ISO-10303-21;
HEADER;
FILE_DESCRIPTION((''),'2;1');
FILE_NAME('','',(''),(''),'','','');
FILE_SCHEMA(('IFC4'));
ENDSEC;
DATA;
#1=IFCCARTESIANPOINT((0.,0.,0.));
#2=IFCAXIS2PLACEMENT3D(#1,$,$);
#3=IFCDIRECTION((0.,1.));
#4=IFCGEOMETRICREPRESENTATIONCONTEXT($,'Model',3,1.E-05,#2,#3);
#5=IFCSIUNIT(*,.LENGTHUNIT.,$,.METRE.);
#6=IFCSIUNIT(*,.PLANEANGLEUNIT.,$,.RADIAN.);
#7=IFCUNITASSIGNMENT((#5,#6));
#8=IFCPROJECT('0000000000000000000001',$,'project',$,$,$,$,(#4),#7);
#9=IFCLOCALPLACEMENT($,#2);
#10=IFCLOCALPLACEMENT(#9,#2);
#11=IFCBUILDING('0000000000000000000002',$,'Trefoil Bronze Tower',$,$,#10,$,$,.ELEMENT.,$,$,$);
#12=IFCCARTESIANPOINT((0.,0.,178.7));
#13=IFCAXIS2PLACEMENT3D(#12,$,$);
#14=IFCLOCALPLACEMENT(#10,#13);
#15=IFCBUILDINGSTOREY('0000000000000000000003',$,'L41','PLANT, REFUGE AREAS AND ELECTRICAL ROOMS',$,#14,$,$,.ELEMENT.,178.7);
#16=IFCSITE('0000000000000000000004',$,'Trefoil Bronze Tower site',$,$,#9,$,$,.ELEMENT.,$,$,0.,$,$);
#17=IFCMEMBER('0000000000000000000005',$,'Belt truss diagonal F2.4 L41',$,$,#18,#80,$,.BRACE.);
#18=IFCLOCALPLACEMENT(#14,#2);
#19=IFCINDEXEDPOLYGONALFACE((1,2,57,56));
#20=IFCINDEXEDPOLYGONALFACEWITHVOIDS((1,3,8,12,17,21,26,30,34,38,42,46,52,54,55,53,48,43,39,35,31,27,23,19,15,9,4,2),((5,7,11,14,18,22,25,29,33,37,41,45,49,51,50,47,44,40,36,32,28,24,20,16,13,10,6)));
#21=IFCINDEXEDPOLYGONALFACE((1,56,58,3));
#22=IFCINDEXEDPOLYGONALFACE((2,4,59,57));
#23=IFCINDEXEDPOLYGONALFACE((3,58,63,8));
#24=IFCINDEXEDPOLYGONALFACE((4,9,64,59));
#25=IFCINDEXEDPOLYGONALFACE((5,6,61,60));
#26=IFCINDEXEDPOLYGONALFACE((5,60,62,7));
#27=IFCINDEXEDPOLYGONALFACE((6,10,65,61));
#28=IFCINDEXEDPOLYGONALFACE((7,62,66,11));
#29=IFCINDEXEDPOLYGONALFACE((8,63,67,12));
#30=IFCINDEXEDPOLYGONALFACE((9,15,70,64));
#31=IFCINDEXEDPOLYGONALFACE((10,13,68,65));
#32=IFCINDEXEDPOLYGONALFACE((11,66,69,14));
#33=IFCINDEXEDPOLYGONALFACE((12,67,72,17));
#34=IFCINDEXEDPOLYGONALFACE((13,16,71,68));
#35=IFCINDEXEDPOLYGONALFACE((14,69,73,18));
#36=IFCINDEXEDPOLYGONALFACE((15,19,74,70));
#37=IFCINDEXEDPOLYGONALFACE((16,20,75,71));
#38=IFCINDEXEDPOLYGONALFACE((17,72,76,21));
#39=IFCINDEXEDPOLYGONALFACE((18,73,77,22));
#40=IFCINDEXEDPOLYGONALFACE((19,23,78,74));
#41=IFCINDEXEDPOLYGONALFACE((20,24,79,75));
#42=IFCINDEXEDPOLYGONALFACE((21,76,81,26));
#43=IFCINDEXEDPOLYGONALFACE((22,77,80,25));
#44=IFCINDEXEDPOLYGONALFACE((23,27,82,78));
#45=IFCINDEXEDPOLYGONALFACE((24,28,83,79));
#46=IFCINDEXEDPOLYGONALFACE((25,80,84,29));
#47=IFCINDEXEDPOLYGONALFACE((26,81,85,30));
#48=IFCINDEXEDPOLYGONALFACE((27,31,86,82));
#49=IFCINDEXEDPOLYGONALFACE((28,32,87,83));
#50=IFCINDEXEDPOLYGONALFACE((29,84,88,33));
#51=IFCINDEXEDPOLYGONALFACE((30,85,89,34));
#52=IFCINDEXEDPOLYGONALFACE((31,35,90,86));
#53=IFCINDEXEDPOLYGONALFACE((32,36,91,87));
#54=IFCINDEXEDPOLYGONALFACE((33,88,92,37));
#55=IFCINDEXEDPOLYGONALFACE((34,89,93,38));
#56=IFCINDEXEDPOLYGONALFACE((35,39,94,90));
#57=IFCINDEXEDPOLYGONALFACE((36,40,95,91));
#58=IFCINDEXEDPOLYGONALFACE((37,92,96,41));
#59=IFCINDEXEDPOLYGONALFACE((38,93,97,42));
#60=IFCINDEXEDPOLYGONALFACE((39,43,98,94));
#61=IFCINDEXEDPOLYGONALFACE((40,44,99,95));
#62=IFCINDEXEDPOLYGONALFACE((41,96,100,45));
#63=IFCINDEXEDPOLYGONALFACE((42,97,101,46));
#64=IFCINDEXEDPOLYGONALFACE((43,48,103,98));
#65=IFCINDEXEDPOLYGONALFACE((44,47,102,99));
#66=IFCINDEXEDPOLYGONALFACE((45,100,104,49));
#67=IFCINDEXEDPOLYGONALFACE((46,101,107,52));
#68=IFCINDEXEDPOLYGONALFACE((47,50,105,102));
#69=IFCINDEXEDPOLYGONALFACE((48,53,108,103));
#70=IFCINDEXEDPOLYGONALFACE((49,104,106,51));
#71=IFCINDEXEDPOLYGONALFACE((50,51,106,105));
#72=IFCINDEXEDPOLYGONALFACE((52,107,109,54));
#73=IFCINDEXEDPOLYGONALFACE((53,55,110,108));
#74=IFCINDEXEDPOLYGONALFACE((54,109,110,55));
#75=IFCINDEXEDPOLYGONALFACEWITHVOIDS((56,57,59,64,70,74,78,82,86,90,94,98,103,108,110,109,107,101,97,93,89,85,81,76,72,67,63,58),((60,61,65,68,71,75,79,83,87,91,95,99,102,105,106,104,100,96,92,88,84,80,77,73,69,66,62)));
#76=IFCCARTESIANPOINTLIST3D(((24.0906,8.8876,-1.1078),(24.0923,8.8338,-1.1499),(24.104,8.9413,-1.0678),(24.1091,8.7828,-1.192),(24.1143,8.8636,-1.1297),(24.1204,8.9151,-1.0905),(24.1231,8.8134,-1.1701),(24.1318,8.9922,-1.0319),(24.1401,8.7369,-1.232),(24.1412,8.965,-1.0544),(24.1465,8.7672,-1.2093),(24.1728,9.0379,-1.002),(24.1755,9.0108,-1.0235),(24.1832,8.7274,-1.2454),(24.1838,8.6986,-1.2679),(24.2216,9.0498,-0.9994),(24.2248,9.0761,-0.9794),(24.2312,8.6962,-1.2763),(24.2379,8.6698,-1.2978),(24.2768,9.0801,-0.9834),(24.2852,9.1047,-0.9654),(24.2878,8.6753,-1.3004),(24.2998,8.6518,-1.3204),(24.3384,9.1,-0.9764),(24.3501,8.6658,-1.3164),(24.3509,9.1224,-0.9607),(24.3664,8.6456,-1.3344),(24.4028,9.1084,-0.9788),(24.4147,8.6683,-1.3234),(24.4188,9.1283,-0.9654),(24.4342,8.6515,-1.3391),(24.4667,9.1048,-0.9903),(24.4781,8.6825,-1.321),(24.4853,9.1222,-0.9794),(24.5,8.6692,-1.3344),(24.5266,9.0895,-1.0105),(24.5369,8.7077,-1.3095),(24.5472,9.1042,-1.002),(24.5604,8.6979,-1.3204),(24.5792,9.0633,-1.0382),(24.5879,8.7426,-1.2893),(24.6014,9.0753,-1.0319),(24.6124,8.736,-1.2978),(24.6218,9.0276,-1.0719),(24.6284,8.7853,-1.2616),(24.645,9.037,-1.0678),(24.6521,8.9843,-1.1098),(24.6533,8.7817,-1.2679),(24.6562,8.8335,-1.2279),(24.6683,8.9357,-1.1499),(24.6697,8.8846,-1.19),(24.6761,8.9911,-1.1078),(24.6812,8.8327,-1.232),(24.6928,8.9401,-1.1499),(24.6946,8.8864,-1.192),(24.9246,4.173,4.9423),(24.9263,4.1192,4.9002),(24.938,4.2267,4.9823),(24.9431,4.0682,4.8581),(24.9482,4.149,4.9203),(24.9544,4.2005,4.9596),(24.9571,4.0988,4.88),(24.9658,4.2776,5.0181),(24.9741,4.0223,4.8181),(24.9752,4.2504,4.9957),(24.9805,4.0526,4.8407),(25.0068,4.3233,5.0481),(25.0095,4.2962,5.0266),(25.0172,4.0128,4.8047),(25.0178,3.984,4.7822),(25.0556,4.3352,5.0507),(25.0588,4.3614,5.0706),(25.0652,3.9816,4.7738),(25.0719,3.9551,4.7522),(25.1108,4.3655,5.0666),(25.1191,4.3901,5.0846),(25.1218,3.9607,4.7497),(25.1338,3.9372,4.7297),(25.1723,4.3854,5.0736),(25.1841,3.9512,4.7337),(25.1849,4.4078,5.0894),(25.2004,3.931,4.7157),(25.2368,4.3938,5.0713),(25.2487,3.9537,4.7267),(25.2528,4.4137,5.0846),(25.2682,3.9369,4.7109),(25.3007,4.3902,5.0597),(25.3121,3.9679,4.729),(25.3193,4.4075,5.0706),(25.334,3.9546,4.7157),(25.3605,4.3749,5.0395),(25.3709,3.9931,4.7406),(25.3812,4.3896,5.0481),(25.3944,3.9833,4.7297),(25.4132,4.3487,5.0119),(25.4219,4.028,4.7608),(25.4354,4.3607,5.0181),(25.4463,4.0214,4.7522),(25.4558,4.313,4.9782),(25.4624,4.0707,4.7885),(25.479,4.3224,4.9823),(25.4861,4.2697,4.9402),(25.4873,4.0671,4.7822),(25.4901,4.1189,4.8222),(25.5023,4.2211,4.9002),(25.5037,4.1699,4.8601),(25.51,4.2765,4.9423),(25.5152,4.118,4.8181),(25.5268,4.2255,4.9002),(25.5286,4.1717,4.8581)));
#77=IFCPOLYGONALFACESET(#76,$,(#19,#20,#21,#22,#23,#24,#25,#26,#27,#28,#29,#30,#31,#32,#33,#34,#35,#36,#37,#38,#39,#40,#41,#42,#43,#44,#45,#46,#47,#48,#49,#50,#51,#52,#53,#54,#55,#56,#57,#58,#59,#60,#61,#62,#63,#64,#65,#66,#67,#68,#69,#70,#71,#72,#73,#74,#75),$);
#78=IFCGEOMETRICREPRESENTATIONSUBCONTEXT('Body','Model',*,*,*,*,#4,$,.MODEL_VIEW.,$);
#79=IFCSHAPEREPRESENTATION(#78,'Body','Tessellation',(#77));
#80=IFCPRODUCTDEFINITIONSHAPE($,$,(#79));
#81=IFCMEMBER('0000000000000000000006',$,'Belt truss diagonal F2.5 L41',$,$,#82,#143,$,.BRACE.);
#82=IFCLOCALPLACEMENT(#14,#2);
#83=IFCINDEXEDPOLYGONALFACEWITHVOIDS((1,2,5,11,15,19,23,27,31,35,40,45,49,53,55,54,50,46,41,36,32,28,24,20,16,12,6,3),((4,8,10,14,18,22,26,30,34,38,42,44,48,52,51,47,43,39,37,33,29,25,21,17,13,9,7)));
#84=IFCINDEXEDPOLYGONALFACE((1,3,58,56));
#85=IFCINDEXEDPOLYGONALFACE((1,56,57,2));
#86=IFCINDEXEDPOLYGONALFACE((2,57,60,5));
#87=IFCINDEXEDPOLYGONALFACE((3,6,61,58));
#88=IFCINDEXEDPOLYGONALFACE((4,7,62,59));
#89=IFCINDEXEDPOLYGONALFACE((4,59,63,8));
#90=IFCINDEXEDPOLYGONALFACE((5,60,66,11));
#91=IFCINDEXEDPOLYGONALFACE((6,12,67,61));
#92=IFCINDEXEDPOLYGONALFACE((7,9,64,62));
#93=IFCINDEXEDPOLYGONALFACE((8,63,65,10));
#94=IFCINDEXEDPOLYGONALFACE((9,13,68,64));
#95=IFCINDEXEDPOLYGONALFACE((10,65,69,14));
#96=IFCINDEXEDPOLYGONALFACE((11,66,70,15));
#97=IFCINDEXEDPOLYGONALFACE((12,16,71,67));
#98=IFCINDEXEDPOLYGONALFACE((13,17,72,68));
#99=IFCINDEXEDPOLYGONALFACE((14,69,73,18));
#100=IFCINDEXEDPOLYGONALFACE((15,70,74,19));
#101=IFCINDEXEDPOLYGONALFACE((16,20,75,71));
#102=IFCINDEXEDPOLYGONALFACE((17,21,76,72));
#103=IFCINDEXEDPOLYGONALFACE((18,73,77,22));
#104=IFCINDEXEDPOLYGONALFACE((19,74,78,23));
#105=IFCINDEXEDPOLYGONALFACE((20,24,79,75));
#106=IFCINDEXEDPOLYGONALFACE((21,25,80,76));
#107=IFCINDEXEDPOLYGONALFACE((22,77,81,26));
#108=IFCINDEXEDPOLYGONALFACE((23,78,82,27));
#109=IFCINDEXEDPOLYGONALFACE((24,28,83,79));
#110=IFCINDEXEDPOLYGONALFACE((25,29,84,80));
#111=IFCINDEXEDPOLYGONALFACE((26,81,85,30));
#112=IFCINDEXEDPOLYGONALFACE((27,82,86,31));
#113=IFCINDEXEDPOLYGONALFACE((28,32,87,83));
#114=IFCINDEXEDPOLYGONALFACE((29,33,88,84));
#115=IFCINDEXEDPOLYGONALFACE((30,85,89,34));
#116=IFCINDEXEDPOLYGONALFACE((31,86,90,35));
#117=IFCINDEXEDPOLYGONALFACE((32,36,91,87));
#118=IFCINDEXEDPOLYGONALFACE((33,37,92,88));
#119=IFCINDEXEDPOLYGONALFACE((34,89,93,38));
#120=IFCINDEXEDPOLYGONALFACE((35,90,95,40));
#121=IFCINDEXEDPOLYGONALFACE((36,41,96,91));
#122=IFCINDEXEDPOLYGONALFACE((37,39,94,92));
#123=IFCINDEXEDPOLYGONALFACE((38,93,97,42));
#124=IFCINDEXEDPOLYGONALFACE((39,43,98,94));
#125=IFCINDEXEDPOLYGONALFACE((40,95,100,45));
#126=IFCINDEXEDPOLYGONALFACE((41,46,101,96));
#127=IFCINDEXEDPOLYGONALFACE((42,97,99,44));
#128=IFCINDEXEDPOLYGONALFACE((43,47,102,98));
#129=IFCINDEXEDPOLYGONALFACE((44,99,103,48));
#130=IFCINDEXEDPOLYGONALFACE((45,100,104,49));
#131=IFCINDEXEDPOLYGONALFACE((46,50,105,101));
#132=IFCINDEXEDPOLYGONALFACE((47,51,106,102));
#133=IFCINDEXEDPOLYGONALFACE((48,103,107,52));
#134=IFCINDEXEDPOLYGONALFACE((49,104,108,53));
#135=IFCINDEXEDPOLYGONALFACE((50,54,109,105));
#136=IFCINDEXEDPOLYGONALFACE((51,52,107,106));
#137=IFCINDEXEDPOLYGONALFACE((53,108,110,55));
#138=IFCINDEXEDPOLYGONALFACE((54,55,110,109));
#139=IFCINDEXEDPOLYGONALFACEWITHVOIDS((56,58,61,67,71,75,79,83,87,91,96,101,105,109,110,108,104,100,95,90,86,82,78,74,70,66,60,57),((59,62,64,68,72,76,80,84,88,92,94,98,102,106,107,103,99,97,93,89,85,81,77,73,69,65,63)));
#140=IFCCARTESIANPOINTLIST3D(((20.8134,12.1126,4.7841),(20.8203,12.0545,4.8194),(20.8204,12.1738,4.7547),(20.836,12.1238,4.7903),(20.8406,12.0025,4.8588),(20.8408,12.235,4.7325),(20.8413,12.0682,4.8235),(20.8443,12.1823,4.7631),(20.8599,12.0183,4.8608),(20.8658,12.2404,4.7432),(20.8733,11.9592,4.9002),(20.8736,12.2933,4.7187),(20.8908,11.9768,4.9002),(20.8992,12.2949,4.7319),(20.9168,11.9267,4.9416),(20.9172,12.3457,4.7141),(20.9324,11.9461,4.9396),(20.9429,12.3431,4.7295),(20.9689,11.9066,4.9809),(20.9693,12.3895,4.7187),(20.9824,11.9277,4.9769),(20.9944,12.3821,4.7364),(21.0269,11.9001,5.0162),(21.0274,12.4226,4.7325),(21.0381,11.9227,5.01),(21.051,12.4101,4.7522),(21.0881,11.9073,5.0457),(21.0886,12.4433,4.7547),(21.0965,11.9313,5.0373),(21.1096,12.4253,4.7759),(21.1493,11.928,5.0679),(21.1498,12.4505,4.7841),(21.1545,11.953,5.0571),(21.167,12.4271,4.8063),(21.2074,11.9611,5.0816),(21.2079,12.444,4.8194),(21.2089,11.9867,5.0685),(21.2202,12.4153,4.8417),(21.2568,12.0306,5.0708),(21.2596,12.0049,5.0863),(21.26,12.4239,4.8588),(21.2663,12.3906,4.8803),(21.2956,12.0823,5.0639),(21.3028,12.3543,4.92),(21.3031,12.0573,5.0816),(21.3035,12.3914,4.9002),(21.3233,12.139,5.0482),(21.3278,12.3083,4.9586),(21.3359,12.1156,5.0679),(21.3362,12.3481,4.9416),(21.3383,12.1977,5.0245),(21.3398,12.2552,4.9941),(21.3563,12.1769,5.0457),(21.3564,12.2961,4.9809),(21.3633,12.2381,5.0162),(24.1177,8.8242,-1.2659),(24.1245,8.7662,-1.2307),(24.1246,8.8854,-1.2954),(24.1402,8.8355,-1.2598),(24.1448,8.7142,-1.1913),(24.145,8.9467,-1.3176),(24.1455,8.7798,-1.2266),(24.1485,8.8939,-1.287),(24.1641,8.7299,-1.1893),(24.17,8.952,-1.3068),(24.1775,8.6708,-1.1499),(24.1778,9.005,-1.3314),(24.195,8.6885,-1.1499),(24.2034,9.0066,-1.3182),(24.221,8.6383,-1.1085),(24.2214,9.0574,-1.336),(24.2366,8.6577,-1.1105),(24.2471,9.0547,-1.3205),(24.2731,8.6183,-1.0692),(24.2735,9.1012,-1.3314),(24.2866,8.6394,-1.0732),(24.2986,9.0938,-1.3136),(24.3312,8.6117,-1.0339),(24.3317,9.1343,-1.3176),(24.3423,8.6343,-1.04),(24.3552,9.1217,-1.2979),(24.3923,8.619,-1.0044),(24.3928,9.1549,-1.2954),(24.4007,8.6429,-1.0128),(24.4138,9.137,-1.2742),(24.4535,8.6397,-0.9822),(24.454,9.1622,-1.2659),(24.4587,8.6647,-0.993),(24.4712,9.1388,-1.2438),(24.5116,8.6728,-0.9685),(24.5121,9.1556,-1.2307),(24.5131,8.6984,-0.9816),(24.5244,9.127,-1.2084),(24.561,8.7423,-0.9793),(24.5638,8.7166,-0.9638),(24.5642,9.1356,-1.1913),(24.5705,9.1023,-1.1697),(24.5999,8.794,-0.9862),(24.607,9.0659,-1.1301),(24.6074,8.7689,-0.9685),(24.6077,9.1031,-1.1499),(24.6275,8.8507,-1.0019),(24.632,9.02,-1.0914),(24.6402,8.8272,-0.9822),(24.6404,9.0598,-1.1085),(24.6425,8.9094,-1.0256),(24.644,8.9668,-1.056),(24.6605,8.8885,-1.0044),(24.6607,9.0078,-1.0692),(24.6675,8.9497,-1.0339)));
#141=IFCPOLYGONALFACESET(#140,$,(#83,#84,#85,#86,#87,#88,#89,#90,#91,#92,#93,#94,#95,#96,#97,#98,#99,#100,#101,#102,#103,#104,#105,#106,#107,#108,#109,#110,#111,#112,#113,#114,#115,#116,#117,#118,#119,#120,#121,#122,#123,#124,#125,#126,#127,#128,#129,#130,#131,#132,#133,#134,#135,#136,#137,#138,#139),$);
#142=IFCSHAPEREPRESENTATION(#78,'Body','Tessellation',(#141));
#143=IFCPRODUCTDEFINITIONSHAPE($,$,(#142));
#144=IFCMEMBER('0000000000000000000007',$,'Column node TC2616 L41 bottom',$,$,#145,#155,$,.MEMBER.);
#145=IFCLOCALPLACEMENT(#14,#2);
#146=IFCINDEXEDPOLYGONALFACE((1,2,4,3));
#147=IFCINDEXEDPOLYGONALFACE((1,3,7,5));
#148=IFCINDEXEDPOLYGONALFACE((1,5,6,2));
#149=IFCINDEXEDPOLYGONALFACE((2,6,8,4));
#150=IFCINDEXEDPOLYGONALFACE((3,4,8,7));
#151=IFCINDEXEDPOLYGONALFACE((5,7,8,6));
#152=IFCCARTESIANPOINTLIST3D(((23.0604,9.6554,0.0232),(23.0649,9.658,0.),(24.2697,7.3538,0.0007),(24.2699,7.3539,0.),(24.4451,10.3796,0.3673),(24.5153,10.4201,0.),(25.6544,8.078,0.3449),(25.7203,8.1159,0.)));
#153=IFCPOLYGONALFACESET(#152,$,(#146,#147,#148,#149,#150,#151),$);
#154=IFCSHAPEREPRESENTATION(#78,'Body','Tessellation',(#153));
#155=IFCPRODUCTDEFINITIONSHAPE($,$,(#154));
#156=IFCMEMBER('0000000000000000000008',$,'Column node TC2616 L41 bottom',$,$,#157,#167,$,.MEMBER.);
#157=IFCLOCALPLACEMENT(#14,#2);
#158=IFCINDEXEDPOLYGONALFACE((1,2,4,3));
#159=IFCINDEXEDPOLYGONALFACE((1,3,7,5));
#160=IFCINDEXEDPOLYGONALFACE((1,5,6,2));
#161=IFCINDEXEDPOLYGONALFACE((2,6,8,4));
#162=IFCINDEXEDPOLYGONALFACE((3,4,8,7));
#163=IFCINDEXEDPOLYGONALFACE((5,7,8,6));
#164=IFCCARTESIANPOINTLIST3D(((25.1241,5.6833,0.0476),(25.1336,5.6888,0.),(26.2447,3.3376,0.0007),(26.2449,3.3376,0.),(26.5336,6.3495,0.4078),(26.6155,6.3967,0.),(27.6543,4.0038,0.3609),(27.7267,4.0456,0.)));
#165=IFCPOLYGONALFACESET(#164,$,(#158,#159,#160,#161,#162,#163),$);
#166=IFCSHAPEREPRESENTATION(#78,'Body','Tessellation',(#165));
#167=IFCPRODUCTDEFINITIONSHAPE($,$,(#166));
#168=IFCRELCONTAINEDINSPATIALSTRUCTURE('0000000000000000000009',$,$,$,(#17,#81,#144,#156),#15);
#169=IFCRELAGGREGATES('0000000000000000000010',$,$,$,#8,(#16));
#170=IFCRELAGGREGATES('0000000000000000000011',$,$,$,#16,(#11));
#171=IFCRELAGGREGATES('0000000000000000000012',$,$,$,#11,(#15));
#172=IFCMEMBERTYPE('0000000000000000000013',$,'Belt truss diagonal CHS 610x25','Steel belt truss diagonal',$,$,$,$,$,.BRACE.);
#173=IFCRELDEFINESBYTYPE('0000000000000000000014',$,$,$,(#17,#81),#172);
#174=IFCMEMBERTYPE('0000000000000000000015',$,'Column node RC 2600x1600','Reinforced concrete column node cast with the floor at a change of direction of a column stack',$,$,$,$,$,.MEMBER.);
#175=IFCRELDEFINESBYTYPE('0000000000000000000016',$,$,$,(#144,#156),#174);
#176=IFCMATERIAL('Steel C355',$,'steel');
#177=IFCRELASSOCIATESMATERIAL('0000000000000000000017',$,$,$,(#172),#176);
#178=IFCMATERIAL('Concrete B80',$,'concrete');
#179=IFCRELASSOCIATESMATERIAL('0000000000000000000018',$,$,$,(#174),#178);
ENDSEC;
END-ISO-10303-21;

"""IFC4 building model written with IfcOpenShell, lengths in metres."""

from ifc_helpers import new_model, si_unit, direction, frame, origin, origin_2d, place, context, subcontext, project, spatial, rectangle, hollow_circle, extrude, clip, halfspace, material, material_profile, profile_set, type_object, element, save


model = new_model("IFC4")

# Units and contexts
model_context = context("Model", 3, precision=1e-05, world=origin(), true_north=direction((0.0, 1.0)))
body_context = subcontext(model_context, "Body", "Model", "MODEL_VIEW")
ifc_project = project(units=[si_unit("LENGTHUNIT", "METRE"), si_unit("PLANEANGLEUNIT", "RADIAN")], contexts=[model_context])

# Site, building, storey
site_placement = place(None, origin())
site = spatial("IfcSite", under=ifc_project, at=site_placement, Name="Trefoil Bronze Tower site", CompositionType="ELEMENT", RefElevation=0.0)
building_placement = place(site_placement, origin())
building = spatial("IfcBuilding", under=site, at=building_placement, Name="Trefoil Bronze Tower", CompositionType="ELEMENT")
storey_placement = place(building_placement, frame((0.0, 0.0, 178.7)))
storey = spatial("IfcBuildingStorey", under=building, at=storey_placement, Name="L41", Description="PLANT, REFUGE AREAS AND ELECTRICAL ROOMS", CompositionType="ELEMENT", Elevation=178.7)

# Members
ifc_material_1 = material(Name="Steel C355", Category="steel")
ifc_material_profile_1 = material_profile(ifc_material_1, hollow_circle(Radius=0.3049, WallThickness=0.0249, at=origin_2d()), Name="CHS 610x25")
ifc_profile_set_1 = profile_set([ifc_material_profile_1], Name="Steel C355")
member_type_1 = type_object("IfcMemberType", Name="Belt truss diagonal CHS 610x25", Description="Steel belt truss diagonal", PredefinedType="BRACE", material=ifc_profile_set_1)
member_1_placement = place(storey_placement, frame((24.3926, 8.887, -1.1499), z_axis=(0.108095, -0.61107, 0.784161), x_axis=(0.984712, 0.17419, 0.0)))
element("IfcMember", 1, at=member_1_placement, inside=storey, type_object=member_type_1, Name="Belt truss diagonal F2.4 L41", PredefinedType="BRACE", context=body_context, shape_type="SweptSolid", body=[
    extrude(hollow_circle(Radius=0.3049, WallThickness=0.0249, at=origin_2d()), origin(), (0.0, 0.0, 1.0), 7.7153),
])
member_2_placement = place(storey_placement, frame((24.3926, 8.887, -1.1499), z_axis=(-0.432619, 0.430541, 0.792133), x_axis=(-0.705403, -0.708807, 0.0)))
element("IfcMember", 2, at=member_2_placement, inside=storey, type_object=member_type_1, Name="Belt truss diagonal F2.5 L41", PredefinedType="BRACE", context=body_context, shape_type="SweptSolid", body=[
    extrude(hollow_circle(Radius=0.3049, WallThickness=0.0249, at=origin_2d()), origin(), (0.0, 0.0, 1.0), 7.6377),
])
ifc_material_2 = material(Name="Concrete B80", Category="concrete")
ifc_material_profile_2 = material_profile(ifc_material_2, rectangle(XDim=2.6001, YDim=1.6001, at=origin_2d()), Name="RC 2600x1600")
ifc_profile_set_2 = profile_set([ifc_material_profile_2], Name="Concrete B80")
member_type_2 = type_object("IfcMemberType", Name="Column node RC 2600x1600", Description="Reinforced concrete column node cast with the floor at a change of direction of a column stack", PredefinedType="MEMBER", material=ifc_profile_set_2)
member_3_placement = place(storey_placement, frame((24.4277, 8.9072, -0.1841), z_axis=(-0.186504, -0.107499, 0.976555), x_axis=(-0.465095, 0.885219, 0.00862)))
element("IfcMember", 3, at=member_3_placement, inside=storey, type_object=member_type_2, Name="Column node TC2616 L41 bottom", PredefinedType="MEMBER", context=body_context, shape_type="Clipping", body=[
    clip(extrude(rectangle(XDim=2.6001, YDim=1.6001, at=origin_2d()), origin(), (0.0, 0.0, 1.0), 0.377), halfspace(frame((0.0, 0.0, 0.1885), z_axis=(0.00862, -0.215094, 0.976555), x_axis=(0.0, 0.976592, 0.215102)), True)),
])
member_4_placement = place(storey_placement, frame((26.4712, 4.8909, -0.2043), z_axis=(-0.195534, -0.112897, 0.974177), x_axis=(-0.431008, 0.902168, 0.018042)))
element("IfcMember", 4, at=member_4_placement, inside=storey, type_object=member_type_2, Name="Column node TC2616 L41 bottom", PredefinedType="MEMBER", context=body_context, shape_type="Clipping", body=[
    clip(extrude(rectangle(XDim=2.6001, YDim=1.6001, at=origin_2d()), origin(), (0.0, 0.0, 1.0), 0.4194), halfspace(frame((0.0, 0.0, 0.2097), z_axis=(0.018042, -0.225064, 0.974177), x_axis=(0.0, 0.974336, 0.225101)), True)),
])

save(model, "model.ifc")
